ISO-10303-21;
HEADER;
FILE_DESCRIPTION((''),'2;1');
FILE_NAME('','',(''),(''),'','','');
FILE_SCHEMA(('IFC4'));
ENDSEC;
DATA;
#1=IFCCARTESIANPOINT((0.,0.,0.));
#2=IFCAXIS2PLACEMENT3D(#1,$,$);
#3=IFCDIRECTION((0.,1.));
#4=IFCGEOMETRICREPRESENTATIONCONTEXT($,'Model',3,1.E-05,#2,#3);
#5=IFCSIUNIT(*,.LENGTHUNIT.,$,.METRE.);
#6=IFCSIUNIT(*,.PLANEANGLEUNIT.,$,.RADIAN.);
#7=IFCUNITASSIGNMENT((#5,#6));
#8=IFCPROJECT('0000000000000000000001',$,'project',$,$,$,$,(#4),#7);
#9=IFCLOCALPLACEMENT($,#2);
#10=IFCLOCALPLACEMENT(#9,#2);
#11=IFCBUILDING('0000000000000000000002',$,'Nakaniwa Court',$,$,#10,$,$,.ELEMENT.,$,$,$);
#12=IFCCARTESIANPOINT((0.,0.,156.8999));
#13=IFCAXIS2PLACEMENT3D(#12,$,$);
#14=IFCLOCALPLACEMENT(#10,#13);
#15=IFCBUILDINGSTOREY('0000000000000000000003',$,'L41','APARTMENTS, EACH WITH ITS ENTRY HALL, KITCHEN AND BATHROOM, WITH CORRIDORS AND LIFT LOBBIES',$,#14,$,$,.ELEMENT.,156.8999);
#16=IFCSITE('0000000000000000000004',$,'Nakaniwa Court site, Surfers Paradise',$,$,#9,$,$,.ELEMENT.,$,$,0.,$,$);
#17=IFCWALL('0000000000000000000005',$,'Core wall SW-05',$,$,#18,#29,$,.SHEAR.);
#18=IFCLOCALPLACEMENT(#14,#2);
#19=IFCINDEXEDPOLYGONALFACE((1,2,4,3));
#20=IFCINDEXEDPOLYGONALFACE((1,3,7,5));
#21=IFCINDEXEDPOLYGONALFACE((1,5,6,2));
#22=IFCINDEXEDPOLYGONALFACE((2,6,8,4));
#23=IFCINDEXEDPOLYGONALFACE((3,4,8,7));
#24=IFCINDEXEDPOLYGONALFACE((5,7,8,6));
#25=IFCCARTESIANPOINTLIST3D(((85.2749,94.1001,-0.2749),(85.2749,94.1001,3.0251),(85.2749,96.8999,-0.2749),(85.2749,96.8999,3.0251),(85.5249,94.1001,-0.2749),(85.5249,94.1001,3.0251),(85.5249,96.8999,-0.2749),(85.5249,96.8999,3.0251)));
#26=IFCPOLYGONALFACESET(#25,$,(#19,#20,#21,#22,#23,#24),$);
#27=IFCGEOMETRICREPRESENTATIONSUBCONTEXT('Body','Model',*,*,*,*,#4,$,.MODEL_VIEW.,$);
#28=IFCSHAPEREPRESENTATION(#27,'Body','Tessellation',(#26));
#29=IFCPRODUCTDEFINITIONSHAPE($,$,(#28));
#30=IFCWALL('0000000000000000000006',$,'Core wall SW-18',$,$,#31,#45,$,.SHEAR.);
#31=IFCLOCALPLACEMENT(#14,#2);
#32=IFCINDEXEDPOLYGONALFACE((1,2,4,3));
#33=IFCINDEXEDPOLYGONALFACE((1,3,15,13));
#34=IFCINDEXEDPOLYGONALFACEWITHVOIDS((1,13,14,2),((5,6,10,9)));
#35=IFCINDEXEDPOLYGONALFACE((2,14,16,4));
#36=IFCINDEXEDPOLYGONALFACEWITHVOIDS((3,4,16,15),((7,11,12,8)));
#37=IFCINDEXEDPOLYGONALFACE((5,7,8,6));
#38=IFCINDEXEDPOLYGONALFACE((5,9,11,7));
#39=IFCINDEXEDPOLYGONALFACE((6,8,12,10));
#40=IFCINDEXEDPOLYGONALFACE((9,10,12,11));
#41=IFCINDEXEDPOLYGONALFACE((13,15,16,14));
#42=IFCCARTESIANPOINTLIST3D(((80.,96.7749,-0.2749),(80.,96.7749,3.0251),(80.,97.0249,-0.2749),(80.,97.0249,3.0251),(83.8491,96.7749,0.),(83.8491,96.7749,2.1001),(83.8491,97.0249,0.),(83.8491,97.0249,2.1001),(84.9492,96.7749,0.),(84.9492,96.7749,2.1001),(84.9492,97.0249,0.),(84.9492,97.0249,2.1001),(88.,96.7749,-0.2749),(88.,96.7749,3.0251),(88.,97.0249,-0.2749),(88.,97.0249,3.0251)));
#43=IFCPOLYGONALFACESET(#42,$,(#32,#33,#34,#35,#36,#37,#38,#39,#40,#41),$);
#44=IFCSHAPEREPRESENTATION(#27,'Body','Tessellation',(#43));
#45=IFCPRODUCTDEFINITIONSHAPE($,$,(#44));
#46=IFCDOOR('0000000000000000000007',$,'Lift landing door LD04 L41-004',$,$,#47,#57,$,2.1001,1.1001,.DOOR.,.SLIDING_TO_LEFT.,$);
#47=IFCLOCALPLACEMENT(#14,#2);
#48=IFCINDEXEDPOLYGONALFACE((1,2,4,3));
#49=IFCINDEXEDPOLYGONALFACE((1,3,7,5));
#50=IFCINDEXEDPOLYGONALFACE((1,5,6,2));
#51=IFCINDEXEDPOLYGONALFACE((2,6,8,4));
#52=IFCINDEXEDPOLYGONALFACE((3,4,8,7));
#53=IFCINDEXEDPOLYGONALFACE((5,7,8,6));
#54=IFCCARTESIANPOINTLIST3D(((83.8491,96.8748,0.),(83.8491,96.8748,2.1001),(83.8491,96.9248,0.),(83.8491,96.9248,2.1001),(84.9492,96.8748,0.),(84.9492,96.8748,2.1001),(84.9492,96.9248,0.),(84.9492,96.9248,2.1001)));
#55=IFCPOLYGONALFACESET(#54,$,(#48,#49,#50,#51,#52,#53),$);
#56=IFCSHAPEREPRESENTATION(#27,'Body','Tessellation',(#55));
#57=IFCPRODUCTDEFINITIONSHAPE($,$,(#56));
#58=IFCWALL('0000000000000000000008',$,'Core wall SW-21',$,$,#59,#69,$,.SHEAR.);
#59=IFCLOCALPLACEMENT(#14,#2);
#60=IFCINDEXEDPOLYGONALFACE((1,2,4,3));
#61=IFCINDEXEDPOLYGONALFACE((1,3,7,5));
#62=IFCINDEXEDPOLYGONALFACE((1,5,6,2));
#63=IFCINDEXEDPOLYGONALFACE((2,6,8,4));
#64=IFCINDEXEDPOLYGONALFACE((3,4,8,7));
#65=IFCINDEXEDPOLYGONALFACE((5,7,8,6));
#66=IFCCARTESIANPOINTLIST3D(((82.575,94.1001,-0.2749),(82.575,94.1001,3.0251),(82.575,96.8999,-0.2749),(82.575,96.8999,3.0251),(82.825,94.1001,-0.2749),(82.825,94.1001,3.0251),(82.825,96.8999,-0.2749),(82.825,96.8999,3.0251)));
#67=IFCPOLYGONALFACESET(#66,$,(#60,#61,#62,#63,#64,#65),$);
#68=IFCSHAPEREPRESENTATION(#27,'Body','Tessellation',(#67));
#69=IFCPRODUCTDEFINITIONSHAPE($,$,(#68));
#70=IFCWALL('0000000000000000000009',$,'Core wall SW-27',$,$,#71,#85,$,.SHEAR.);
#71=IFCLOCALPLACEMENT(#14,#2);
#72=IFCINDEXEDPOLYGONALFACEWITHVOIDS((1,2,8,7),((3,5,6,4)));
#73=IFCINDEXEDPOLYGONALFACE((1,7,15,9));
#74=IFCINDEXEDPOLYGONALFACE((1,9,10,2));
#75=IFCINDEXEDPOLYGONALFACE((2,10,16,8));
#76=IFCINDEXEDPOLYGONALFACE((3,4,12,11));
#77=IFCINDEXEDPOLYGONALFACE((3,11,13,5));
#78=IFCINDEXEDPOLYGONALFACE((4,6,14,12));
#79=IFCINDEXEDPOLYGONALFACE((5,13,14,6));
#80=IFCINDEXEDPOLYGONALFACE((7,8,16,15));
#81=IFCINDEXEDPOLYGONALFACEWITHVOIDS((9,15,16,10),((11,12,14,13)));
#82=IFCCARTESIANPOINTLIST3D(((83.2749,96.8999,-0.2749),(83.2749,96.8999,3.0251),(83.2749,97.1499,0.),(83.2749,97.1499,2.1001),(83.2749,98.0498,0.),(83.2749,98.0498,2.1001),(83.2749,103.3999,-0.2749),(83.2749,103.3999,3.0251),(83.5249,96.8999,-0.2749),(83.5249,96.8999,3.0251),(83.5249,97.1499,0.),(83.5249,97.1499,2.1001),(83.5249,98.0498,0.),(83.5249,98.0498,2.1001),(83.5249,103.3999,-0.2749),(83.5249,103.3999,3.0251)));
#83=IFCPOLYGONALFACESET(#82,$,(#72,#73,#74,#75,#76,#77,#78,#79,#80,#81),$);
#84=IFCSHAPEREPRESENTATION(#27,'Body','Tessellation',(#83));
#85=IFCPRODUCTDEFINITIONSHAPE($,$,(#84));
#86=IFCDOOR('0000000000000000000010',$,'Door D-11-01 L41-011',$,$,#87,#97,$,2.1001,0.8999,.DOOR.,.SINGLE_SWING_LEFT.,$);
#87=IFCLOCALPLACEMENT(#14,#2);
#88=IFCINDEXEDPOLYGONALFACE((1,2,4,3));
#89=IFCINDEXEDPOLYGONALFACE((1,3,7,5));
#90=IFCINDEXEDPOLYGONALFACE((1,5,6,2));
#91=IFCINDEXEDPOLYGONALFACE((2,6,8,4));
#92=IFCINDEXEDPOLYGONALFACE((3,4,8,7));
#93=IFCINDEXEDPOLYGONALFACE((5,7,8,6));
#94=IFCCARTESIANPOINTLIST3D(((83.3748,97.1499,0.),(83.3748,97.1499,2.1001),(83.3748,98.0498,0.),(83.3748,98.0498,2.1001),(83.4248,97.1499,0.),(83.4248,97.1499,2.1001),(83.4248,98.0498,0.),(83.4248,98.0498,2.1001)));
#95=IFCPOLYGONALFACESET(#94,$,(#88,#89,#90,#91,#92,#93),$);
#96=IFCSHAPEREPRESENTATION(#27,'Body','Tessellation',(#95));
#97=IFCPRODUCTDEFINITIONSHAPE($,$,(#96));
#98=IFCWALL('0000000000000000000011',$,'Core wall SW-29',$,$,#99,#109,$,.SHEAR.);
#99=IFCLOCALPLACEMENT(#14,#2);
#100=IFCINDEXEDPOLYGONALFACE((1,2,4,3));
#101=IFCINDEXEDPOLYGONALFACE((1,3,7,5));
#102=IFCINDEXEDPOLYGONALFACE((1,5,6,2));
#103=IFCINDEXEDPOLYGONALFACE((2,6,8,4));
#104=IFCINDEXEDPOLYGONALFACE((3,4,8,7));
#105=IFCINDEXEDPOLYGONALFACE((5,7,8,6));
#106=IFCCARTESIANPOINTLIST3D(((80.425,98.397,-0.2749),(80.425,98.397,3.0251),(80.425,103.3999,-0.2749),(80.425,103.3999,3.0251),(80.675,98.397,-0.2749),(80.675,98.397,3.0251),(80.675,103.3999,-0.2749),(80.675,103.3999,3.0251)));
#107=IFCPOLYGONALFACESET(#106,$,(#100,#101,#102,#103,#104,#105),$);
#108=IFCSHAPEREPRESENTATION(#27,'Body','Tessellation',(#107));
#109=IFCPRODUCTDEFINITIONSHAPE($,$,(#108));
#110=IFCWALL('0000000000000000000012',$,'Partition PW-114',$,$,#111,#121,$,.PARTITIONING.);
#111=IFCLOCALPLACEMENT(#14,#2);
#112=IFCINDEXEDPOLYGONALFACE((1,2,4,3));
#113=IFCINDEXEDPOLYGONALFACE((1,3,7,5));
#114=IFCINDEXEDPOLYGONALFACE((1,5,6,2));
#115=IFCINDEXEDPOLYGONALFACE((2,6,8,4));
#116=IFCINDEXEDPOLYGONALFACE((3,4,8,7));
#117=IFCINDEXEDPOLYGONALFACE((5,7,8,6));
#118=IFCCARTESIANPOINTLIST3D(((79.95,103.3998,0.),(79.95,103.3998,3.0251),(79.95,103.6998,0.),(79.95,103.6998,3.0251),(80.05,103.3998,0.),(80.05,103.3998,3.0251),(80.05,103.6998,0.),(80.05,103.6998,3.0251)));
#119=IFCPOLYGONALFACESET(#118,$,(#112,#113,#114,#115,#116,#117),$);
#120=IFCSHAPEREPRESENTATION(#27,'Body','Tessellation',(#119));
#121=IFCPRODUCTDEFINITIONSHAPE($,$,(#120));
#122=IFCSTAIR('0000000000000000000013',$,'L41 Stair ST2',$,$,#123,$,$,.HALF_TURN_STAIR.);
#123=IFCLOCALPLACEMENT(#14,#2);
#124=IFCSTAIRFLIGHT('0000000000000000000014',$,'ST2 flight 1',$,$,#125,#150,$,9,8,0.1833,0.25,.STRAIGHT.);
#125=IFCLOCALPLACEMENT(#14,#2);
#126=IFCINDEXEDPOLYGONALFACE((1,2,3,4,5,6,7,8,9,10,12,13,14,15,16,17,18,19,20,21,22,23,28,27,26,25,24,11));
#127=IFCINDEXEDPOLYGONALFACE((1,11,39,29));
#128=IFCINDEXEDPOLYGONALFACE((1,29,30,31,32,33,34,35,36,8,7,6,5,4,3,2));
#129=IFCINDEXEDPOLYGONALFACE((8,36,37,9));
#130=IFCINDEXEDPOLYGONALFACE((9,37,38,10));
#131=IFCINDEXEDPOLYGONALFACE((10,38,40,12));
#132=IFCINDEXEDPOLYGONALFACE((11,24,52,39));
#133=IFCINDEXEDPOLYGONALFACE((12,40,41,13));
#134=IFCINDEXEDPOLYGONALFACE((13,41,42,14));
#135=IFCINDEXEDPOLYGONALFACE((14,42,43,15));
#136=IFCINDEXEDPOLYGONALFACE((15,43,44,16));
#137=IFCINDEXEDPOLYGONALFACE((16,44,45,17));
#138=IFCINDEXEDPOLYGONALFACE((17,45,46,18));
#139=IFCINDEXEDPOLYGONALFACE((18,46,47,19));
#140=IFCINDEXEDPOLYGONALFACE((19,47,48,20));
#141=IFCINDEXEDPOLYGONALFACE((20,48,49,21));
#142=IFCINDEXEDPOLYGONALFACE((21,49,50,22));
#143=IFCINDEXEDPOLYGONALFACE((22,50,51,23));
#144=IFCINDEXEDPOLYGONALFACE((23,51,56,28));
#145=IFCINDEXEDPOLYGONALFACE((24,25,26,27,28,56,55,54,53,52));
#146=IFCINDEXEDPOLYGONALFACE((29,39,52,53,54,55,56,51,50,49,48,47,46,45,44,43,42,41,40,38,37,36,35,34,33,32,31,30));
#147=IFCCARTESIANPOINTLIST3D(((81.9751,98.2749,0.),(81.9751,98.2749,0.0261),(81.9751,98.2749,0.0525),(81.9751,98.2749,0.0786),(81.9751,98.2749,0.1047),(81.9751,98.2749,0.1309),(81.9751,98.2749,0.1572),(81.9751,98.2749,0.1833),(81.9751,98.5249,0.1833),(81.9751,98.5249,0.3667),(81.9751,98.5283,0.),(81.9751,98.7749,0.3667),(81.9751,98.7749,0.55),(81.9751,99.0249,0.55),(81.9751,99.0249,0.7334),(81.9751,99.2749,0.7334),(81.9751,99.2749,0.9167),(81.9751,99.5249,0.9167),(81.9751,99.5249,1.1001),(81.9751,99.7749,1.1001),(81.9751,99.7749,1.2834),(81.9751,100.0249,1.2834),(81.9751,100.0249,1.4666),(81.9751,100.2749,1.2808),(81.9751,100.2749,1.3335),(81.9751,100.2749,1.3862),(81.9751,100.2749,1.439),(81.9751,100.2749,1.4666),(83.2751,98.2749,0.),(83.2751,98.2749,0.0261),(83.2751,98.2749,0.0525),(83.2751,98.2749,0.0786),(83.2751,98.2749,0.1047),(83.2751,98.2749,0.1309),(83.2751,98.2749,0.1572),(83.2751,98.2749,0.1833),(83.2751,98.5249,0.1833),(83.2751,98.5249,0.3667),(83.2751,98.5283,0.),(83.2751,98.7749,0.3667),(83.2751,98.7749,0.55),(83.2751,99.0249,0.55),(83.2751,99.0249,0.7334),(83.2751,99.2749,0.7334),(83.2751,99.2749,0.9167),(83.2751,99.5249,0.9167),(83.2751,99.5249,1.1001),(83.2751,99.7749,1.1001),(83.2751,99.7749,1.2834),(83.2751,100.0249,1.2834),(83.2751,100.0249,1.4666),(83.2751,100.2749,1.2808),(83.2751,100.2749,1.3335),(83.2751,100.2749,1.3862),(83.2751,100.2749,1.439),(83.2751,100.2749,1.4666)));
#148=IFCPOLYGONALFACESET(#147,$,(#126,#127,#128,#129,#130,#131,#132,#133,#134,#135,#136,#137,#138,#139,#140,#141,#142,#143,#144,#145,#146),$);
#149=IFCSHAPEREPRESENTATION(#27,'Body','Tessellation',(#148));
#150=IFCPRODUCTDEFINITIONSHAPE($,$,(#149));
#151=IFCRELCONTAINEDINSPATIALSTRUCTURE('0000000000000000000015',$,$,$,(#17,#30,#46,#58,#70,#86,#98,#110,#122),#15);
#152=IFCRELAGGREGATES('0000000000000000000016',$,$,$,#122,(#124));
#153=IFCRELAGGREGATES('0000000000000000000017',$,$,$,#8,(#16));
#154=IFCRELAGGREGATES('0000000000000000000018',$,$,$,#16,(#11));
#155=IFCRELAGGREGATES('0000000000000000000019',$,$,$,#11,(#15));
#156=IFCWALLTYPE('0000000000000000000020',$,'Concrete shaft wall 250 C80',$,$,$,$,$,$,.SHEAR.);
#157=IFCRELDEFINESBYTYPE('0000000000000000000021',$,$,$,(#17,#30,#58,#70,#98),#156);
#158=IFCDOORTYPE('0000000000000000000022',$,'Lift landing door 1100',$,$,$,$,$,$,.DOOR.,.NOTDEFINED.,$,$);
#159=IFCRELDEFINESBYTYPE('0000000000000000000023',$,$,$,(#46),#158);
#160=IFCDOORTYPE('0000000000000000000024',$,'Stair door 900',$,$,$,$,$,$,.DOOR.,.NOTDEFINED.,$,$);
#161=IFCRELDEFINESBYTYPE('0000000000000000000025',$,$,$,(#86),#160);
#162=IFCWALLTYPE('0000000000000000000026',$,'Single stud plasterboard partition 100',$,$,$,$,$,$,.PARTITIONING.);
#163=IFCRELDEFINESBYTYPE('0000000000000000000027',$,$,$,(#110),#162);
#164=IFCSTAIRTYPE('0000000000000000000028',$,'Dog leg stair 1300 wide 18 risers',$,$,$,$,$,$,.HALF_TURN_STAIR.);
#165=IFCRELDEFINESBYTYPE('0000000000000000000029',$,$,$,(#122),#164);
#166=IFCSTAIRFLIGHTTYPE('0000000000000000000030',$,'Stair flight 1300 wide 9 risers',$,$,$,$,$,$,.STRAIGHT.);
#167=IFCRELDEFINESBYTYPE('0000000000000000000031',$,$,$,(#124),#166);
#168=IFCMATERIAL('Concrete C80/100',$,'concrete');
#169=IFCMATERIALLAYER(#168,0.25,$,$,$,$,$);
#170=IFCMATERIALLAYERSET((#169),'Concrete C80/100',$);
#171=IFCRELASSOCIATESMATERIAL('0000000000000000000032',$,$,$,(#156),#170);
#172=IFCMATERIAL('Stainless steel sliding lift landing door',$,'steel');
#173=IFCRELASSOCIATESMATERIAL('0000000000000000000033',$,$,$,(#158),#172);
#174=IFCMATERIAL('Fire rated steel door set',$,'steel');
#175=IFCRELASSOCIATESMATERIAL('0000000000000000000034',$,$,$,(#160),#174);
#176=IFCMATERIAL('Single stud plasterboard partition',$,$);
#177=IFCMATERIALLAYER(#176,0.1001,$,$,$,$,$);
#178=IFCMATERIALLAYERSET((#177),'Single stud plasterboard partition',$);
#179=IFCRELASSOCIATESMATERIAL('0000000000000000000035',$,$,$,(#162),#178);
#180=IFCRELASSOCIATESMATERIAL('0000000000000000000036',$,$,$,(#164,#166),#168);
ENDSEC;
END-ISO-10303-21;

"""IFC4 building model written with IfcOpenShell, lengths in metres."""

from ifc_helpers import new_model, si_unit, direction, frame, frame_2d, origin, place, context, subcontext, project, spatial, polyline, rectangle, outline, extrude, material, layer, layer_set, type_object, element, fill, aggregate, save


model = new_model("IFC4")

# Units and contexts
model_context = context("Model", 3, precision=1e-05, world=origin(), true_north=direction((0.0, 1.0)))
body_context = subcontext(model_context, "Body", "Model", "MODEL_VIEW")
ifc_project = project(units=[si_unit("LENGTHUNIT", "METRE"), si_unit("PLANEANGLEUNIT", "RADIAN")], contexts=[model_context])

# Site, building, storey
site_placement = place(None, origin())
site = spatial("IfcSite", under=ifc_project, at=site_placement, Name="Nakaniwa Court site, Surfers Paradise", CompositionType="ELEMENT", RefElevation=0.0)
building_placement = place(site_placement, origin())
building = spatial("IfcBuilding", under=site, at=building_placement, Name="Nakaniwa Court", CompositionType="ELEMENT")
storey_placement = place(building_placement, frame((0.0, 0.0, 156.8999)))
storey = spatial("IfcBuildingStorey", under=building, at=storey_placement, Name="L41", Description="APARTMENTS, EACH WITH ITS ENTRY HALL, KITCHEN AND BATHROOM, WITH CORRIDORS AND LIFT LOBBIES", CompositionType="ELEMENT", Elevation=156.8999)

# Shared definitions
ifc_material_1 = material(Name="Fire rated steel door set", Category="steel")

# Shared definitions
ifc_material_2 = material(Name="Concrete C80/100", Category="concrete")

# Wall
ifc_layer_1 = layer(ifc_material_2, 0.25)
ifc_layer_set_1 = layer_set([ifc_layer_1], Name="Concrete C80/100")
wall_type_1 = type_object("IfcWallType", Name="Concrete shaft wall 250 C80", PredefinedType="SHEAR", material=ifc_layer_set_1)
wall_1_placement = place(storey_placement, frame((85.3999, 94.1001, -0.2749), z_axis=(0.0, 0.0, 1.0), x_axis=(0.0, 1.0, 0.0)))
element("IfcWall", 1, at=wall_1_placement, inside=storey, type_object=wall_type_1, Name="Core wall SW-05", PredefinedType="SHEAR", context=body_context, shape_type="SweptSolid", body=[
    extrude(rectangle(XDim=2.7998, YDim=0.25, at=frame_2d((1.3999, 0.0))), origin(), (0.0, 0.0, 1.0), 3.3),
])

# Wall, opening, door
wall_2_placement = place(storey_placement, frame((80.0, 96.8999, -0.2749), z_axis=(0.0, 0.0, 1.0), x_axis=(1.0, 0.0, 0.0)))
wall_2 = element("IfcWall", 2, at=wall_2_placement, inside=storey, type_object=wall_type_1, Name="Core wall SW-18", PredefinedType="SHEAR", context=body_context, shape_type="SweptSolid", body=[
    extrude(rectangle(XDim=8.0, YDim=0.25, at=frame_2d((4.0, 0.0))), origin(), (0.0, 0.0, 1.0), 3.3),
])
opening_1_placement = place(wall_2_placement, frame((3.8491, 0.0, 0.2749)))
opening_1 = element("IfcOpeningElement", 3, at=opening_1_placement, cuts=wall_2, PredefinedType="OPENING", context=body_context, shape_type="SweptSolid", body=[
    extrude(rectangle(XDim=1.1001, YDim=2.1001, at=frame_2d((0.55, 1.05))), frame((0.0, 0.135, 0.0), z_axis=(0.0, -1.0, 0.0), x_axis=(1.0, 0.0, 0.0)), (0.0, 0.0, 1.0), 0.27),
])
ifc_material_3 = material(Name="Stainless steel sliding lift landing door", Category="steel")
door_type_1 = type_object("IfcDoorType", Name="Lift landing door 1100", OperationType="NOTDEFINED", PredefinedType="DOOR", material=ifc_material_3)
door_1_placement = place(opening_1_placement, origin())
door_1 = element("IfcDoor", 4, at=door_1_placement, inside=storey, type_object=door_type_1, Name="Lift landing door LD04 L41-004", OperationType="SLIDING_TO_LEFT", OverallHeight=2.1001, OverallWidth=1.1001, PredefinedType="DOOR", context=body_context, shape_type="SweptSolid", body=[
    extrude(rectangle(XDim=1.1001, YDim=2.1001, at=frame_2d((0.55, 1.05))), frame((0.0, 0.0249, 0.0), z_axis=(0.0, -1.0, 0.0), x_axis=(1.0, 0.0, 0.0)), (0.0, 0.0, 1.0), 0.05),
])
fill(opening_1, door_1)

# Wall
wall_3_placement = place(storey_placement, frame((82.7, 94.1001, -0.2749), z_axis=(0.0, 0.0, 1.0), x_axis=(0.0, 1.0, 0.0)))
element("IfcWall", 5, at=wall_3_placement, inside=storey, type_object=wall_type_1, Name="Core wall SW-21", PredefinedType="SHEAR", context=body_context, shape_type="SweptSolid", body=[
    extrude(rectangle(XDim=2.7998, YDim=0.25, at=frame_2d((1.3999, 0.0))), origin(), (0.0, 0.0, 1.0), 3.3),
])

# Wall, opening, door
wall_4_placement = place(storey_placement, frame((83.3999, 103.3999, -0.2749), z_axis=(0.0, 0.0, 1.0), x_axis=(0.0, -1.0, 0.0)))
wall_4 = element("IfcWall", 6, at=wall_4_placement, inside=storey, type_object=wall_type_1, Name="Core wall SW-27", PredefinedType="SHEAR", context=body_context, shape_type="SweptSolid", body=[
    extrude(rectangle(XDim=6.5, YDim=0.25, at=frame_2d((3.25, 0.0))), origin(), (0.0, 0.0, 1.0), 3.3),
])
opening_2_placement = place(wall_4_placement, frame((5.3501, 0.0, 0.2749)))
opening_2 = element("IfcOpeningElement", 7, at=opening_2_placement, cuts=wall_4, PredefinedType="OPENING", context=body_context, shape_type="SweptSolid", body=[
    extrude(rectangle(XDim=0.8999, YDim=2.1001, at=frame_2d((0.45, 1.05))), frame((0.0, 0.135, 0.0), z_axis=(0.0, -1.0, 0.0), x_axis=(1.0, 0.0, 0.0)), (0.0, 0.0, 1.0), 0.27),
])
door_type_2 = type_object("IfcDoorType", Name="Stair door 900", OperationType="NOTDEFINED", PredefinedType="DOOR", material=ifc_material_1)
door_2_placement = place(opening_2_placement, origin())
door_2 = element("IfcDoor", 8, at=door_2_placement, inside=storey, type_object=door_type_2, Name="Door D-11-01 L41-011", OperationType="SINGLE_SWING_LEFT", OverallHeight=2.1001, OverallWidth=0.8999, PredefinedType="DOOR", context=body_context, shape_type="SweptSolid", body=[
    extrude(rectangle(XDim=0.8999, YDim=2.1001, at=frame_2d((0.45, 1.05))), frame((0.0, 0.0249, 0.0), z_axis=(0.0, -1.0, 0.0), x_axis=(1.0, 0.0, 0.0)), (0.0, 0.0, 1.0), 0.05),
])
fill(opening_2, door_2)

# Walls
wall_5_placement = place(storey_placement, frame((80.55, 98.397, -0.2749), z_axis=(0.0, 0.0, 1.0), x_axis=(0.0, 1.0, 0.0)))
element("IfcWall", 9, at=wall_5_placement, inside=storey, type_object=wall_type_1, Name="Core wall SW-29", PredefinedType="SHEAR", context=body_context, shape_type="SweptSolid", body=[
    extrude(rectangle(XDim=5.0029, YDim=0.25, at=frame_2d((2.5015, 0.0))), origin(), (0.0, 0.0, 1.0), 3.3),
])
ifc_material_4 = material(Name="Single stud plasterboard partition")
ifc_layer_2 = layer(ifc_material_4, 0.1001)
ifc_layer_set_2 = layer_set([ifc_layer_2], Name="Single stud plasterboard partition")
wall_type_2 = type_object("IfcWallType", Name="Single stud plasterboard partition 100", PredefinedType="PARTITIONING", material=ifc_layer_set_2)
wall_6_placement = place(storey_placement, frame((80.0, 103.3999, 0.0), z_axis=(0.0, 0.0, 1.0), x_axis=(0.0, 1.0, 0.0)))
element("IfcWall", 10, at=wall_6_placement, inside=storey, type_object=wall_type_2, Name="Partition PW-114", PredefinedType="PARTITIONING", context=body_context, shape_type="SweptSolid", body=[
    extrude(rectangle(XDim=0.3, YDim=0.1001, at=frame_2d((0.1499, 0.0))), origin(), (0.0, 0.0, 1.0), 3.0251),
])

# Stair, stair flight
stair_type = type_object("IfcStairType", Name="Dog leg stair 1300 wide 18 risers", PredefinedType="HALF_TURN_STAIR", material=ifc_material_2)
stair_placement = place(storey_placement, origin())
stair = element("IfcStair", 11, at=stair_placement, inside=storey, type_object=stair_type, Name="L41 Stair ST2", PredefinedType="HALF_TURN_STAIR")
stair_flight_type = type_object("IfcStairFlightType", Name="Stair flight 1300 wide 9 risers", PredefinedType="STRAIGHT", material=ifc_material_2)
stair_flight_1_placement = place(storey_placement, frame((82.625, 98.2749, 0.0), z_axis=(0.0, 0.0, 1.0), x_axis=(0.0, 1.0, 0.0)))
stair_flight_1 = element("IfcStairFlight", 12, at=stair_flight_1_placement, type_object=stair_flight_type, Name="ST2 flight 1", NumberOfRisers=9, NumberOfTreads=8, PredefinedType="STRAIGHT", RiserHeight=0.1833, TreadLength=0.25, context=body_context, shape_type="SweptSolid", body=[
    extrude(outline(polyline([(0.0, 0.0), (0.0, 0.0261), (0.0, 0.0525), (0.0, 0.0786), (0.0, 0.1047), (0.0, 0.1309), (0.0, 0.1572), (0.0, 0.1833), (0.25, 0.1833), (0.25, 0.3667), (0.5, 0.3667), (0.5, 0.55), (0.75, 0.55), (0.75, 0.7334), (1.0, 0.7334), (1.0, 0.9167), (1.25, 0.9167), (1.25, 1.1001), (1.5, 1.1001), (1.5, 1.2834), (1.75, 1.2834), (1.75, 1.4666), (2.0, 1.4666), (2.0, 1.6499), (2.0, 1.5972), (2.0, 1.5444), (2.0, 1.4917), (2.0, 1.439), (2.0, 1.3862), (2.0, 1.3335), (2.0, 1.2808), (0.2534, 0.0), (0.0, 0.0)])), frame((0.0, 0.6499, 0.0), z_axis=(0.0, -1.0, 0.0), x_axis=(1.0, 0.0, 0.0)), (0.0, 0.0, 1.0), 1.3),
])
aggregate(stair, [stair_flight_1])

save(model, "model.ifc")
